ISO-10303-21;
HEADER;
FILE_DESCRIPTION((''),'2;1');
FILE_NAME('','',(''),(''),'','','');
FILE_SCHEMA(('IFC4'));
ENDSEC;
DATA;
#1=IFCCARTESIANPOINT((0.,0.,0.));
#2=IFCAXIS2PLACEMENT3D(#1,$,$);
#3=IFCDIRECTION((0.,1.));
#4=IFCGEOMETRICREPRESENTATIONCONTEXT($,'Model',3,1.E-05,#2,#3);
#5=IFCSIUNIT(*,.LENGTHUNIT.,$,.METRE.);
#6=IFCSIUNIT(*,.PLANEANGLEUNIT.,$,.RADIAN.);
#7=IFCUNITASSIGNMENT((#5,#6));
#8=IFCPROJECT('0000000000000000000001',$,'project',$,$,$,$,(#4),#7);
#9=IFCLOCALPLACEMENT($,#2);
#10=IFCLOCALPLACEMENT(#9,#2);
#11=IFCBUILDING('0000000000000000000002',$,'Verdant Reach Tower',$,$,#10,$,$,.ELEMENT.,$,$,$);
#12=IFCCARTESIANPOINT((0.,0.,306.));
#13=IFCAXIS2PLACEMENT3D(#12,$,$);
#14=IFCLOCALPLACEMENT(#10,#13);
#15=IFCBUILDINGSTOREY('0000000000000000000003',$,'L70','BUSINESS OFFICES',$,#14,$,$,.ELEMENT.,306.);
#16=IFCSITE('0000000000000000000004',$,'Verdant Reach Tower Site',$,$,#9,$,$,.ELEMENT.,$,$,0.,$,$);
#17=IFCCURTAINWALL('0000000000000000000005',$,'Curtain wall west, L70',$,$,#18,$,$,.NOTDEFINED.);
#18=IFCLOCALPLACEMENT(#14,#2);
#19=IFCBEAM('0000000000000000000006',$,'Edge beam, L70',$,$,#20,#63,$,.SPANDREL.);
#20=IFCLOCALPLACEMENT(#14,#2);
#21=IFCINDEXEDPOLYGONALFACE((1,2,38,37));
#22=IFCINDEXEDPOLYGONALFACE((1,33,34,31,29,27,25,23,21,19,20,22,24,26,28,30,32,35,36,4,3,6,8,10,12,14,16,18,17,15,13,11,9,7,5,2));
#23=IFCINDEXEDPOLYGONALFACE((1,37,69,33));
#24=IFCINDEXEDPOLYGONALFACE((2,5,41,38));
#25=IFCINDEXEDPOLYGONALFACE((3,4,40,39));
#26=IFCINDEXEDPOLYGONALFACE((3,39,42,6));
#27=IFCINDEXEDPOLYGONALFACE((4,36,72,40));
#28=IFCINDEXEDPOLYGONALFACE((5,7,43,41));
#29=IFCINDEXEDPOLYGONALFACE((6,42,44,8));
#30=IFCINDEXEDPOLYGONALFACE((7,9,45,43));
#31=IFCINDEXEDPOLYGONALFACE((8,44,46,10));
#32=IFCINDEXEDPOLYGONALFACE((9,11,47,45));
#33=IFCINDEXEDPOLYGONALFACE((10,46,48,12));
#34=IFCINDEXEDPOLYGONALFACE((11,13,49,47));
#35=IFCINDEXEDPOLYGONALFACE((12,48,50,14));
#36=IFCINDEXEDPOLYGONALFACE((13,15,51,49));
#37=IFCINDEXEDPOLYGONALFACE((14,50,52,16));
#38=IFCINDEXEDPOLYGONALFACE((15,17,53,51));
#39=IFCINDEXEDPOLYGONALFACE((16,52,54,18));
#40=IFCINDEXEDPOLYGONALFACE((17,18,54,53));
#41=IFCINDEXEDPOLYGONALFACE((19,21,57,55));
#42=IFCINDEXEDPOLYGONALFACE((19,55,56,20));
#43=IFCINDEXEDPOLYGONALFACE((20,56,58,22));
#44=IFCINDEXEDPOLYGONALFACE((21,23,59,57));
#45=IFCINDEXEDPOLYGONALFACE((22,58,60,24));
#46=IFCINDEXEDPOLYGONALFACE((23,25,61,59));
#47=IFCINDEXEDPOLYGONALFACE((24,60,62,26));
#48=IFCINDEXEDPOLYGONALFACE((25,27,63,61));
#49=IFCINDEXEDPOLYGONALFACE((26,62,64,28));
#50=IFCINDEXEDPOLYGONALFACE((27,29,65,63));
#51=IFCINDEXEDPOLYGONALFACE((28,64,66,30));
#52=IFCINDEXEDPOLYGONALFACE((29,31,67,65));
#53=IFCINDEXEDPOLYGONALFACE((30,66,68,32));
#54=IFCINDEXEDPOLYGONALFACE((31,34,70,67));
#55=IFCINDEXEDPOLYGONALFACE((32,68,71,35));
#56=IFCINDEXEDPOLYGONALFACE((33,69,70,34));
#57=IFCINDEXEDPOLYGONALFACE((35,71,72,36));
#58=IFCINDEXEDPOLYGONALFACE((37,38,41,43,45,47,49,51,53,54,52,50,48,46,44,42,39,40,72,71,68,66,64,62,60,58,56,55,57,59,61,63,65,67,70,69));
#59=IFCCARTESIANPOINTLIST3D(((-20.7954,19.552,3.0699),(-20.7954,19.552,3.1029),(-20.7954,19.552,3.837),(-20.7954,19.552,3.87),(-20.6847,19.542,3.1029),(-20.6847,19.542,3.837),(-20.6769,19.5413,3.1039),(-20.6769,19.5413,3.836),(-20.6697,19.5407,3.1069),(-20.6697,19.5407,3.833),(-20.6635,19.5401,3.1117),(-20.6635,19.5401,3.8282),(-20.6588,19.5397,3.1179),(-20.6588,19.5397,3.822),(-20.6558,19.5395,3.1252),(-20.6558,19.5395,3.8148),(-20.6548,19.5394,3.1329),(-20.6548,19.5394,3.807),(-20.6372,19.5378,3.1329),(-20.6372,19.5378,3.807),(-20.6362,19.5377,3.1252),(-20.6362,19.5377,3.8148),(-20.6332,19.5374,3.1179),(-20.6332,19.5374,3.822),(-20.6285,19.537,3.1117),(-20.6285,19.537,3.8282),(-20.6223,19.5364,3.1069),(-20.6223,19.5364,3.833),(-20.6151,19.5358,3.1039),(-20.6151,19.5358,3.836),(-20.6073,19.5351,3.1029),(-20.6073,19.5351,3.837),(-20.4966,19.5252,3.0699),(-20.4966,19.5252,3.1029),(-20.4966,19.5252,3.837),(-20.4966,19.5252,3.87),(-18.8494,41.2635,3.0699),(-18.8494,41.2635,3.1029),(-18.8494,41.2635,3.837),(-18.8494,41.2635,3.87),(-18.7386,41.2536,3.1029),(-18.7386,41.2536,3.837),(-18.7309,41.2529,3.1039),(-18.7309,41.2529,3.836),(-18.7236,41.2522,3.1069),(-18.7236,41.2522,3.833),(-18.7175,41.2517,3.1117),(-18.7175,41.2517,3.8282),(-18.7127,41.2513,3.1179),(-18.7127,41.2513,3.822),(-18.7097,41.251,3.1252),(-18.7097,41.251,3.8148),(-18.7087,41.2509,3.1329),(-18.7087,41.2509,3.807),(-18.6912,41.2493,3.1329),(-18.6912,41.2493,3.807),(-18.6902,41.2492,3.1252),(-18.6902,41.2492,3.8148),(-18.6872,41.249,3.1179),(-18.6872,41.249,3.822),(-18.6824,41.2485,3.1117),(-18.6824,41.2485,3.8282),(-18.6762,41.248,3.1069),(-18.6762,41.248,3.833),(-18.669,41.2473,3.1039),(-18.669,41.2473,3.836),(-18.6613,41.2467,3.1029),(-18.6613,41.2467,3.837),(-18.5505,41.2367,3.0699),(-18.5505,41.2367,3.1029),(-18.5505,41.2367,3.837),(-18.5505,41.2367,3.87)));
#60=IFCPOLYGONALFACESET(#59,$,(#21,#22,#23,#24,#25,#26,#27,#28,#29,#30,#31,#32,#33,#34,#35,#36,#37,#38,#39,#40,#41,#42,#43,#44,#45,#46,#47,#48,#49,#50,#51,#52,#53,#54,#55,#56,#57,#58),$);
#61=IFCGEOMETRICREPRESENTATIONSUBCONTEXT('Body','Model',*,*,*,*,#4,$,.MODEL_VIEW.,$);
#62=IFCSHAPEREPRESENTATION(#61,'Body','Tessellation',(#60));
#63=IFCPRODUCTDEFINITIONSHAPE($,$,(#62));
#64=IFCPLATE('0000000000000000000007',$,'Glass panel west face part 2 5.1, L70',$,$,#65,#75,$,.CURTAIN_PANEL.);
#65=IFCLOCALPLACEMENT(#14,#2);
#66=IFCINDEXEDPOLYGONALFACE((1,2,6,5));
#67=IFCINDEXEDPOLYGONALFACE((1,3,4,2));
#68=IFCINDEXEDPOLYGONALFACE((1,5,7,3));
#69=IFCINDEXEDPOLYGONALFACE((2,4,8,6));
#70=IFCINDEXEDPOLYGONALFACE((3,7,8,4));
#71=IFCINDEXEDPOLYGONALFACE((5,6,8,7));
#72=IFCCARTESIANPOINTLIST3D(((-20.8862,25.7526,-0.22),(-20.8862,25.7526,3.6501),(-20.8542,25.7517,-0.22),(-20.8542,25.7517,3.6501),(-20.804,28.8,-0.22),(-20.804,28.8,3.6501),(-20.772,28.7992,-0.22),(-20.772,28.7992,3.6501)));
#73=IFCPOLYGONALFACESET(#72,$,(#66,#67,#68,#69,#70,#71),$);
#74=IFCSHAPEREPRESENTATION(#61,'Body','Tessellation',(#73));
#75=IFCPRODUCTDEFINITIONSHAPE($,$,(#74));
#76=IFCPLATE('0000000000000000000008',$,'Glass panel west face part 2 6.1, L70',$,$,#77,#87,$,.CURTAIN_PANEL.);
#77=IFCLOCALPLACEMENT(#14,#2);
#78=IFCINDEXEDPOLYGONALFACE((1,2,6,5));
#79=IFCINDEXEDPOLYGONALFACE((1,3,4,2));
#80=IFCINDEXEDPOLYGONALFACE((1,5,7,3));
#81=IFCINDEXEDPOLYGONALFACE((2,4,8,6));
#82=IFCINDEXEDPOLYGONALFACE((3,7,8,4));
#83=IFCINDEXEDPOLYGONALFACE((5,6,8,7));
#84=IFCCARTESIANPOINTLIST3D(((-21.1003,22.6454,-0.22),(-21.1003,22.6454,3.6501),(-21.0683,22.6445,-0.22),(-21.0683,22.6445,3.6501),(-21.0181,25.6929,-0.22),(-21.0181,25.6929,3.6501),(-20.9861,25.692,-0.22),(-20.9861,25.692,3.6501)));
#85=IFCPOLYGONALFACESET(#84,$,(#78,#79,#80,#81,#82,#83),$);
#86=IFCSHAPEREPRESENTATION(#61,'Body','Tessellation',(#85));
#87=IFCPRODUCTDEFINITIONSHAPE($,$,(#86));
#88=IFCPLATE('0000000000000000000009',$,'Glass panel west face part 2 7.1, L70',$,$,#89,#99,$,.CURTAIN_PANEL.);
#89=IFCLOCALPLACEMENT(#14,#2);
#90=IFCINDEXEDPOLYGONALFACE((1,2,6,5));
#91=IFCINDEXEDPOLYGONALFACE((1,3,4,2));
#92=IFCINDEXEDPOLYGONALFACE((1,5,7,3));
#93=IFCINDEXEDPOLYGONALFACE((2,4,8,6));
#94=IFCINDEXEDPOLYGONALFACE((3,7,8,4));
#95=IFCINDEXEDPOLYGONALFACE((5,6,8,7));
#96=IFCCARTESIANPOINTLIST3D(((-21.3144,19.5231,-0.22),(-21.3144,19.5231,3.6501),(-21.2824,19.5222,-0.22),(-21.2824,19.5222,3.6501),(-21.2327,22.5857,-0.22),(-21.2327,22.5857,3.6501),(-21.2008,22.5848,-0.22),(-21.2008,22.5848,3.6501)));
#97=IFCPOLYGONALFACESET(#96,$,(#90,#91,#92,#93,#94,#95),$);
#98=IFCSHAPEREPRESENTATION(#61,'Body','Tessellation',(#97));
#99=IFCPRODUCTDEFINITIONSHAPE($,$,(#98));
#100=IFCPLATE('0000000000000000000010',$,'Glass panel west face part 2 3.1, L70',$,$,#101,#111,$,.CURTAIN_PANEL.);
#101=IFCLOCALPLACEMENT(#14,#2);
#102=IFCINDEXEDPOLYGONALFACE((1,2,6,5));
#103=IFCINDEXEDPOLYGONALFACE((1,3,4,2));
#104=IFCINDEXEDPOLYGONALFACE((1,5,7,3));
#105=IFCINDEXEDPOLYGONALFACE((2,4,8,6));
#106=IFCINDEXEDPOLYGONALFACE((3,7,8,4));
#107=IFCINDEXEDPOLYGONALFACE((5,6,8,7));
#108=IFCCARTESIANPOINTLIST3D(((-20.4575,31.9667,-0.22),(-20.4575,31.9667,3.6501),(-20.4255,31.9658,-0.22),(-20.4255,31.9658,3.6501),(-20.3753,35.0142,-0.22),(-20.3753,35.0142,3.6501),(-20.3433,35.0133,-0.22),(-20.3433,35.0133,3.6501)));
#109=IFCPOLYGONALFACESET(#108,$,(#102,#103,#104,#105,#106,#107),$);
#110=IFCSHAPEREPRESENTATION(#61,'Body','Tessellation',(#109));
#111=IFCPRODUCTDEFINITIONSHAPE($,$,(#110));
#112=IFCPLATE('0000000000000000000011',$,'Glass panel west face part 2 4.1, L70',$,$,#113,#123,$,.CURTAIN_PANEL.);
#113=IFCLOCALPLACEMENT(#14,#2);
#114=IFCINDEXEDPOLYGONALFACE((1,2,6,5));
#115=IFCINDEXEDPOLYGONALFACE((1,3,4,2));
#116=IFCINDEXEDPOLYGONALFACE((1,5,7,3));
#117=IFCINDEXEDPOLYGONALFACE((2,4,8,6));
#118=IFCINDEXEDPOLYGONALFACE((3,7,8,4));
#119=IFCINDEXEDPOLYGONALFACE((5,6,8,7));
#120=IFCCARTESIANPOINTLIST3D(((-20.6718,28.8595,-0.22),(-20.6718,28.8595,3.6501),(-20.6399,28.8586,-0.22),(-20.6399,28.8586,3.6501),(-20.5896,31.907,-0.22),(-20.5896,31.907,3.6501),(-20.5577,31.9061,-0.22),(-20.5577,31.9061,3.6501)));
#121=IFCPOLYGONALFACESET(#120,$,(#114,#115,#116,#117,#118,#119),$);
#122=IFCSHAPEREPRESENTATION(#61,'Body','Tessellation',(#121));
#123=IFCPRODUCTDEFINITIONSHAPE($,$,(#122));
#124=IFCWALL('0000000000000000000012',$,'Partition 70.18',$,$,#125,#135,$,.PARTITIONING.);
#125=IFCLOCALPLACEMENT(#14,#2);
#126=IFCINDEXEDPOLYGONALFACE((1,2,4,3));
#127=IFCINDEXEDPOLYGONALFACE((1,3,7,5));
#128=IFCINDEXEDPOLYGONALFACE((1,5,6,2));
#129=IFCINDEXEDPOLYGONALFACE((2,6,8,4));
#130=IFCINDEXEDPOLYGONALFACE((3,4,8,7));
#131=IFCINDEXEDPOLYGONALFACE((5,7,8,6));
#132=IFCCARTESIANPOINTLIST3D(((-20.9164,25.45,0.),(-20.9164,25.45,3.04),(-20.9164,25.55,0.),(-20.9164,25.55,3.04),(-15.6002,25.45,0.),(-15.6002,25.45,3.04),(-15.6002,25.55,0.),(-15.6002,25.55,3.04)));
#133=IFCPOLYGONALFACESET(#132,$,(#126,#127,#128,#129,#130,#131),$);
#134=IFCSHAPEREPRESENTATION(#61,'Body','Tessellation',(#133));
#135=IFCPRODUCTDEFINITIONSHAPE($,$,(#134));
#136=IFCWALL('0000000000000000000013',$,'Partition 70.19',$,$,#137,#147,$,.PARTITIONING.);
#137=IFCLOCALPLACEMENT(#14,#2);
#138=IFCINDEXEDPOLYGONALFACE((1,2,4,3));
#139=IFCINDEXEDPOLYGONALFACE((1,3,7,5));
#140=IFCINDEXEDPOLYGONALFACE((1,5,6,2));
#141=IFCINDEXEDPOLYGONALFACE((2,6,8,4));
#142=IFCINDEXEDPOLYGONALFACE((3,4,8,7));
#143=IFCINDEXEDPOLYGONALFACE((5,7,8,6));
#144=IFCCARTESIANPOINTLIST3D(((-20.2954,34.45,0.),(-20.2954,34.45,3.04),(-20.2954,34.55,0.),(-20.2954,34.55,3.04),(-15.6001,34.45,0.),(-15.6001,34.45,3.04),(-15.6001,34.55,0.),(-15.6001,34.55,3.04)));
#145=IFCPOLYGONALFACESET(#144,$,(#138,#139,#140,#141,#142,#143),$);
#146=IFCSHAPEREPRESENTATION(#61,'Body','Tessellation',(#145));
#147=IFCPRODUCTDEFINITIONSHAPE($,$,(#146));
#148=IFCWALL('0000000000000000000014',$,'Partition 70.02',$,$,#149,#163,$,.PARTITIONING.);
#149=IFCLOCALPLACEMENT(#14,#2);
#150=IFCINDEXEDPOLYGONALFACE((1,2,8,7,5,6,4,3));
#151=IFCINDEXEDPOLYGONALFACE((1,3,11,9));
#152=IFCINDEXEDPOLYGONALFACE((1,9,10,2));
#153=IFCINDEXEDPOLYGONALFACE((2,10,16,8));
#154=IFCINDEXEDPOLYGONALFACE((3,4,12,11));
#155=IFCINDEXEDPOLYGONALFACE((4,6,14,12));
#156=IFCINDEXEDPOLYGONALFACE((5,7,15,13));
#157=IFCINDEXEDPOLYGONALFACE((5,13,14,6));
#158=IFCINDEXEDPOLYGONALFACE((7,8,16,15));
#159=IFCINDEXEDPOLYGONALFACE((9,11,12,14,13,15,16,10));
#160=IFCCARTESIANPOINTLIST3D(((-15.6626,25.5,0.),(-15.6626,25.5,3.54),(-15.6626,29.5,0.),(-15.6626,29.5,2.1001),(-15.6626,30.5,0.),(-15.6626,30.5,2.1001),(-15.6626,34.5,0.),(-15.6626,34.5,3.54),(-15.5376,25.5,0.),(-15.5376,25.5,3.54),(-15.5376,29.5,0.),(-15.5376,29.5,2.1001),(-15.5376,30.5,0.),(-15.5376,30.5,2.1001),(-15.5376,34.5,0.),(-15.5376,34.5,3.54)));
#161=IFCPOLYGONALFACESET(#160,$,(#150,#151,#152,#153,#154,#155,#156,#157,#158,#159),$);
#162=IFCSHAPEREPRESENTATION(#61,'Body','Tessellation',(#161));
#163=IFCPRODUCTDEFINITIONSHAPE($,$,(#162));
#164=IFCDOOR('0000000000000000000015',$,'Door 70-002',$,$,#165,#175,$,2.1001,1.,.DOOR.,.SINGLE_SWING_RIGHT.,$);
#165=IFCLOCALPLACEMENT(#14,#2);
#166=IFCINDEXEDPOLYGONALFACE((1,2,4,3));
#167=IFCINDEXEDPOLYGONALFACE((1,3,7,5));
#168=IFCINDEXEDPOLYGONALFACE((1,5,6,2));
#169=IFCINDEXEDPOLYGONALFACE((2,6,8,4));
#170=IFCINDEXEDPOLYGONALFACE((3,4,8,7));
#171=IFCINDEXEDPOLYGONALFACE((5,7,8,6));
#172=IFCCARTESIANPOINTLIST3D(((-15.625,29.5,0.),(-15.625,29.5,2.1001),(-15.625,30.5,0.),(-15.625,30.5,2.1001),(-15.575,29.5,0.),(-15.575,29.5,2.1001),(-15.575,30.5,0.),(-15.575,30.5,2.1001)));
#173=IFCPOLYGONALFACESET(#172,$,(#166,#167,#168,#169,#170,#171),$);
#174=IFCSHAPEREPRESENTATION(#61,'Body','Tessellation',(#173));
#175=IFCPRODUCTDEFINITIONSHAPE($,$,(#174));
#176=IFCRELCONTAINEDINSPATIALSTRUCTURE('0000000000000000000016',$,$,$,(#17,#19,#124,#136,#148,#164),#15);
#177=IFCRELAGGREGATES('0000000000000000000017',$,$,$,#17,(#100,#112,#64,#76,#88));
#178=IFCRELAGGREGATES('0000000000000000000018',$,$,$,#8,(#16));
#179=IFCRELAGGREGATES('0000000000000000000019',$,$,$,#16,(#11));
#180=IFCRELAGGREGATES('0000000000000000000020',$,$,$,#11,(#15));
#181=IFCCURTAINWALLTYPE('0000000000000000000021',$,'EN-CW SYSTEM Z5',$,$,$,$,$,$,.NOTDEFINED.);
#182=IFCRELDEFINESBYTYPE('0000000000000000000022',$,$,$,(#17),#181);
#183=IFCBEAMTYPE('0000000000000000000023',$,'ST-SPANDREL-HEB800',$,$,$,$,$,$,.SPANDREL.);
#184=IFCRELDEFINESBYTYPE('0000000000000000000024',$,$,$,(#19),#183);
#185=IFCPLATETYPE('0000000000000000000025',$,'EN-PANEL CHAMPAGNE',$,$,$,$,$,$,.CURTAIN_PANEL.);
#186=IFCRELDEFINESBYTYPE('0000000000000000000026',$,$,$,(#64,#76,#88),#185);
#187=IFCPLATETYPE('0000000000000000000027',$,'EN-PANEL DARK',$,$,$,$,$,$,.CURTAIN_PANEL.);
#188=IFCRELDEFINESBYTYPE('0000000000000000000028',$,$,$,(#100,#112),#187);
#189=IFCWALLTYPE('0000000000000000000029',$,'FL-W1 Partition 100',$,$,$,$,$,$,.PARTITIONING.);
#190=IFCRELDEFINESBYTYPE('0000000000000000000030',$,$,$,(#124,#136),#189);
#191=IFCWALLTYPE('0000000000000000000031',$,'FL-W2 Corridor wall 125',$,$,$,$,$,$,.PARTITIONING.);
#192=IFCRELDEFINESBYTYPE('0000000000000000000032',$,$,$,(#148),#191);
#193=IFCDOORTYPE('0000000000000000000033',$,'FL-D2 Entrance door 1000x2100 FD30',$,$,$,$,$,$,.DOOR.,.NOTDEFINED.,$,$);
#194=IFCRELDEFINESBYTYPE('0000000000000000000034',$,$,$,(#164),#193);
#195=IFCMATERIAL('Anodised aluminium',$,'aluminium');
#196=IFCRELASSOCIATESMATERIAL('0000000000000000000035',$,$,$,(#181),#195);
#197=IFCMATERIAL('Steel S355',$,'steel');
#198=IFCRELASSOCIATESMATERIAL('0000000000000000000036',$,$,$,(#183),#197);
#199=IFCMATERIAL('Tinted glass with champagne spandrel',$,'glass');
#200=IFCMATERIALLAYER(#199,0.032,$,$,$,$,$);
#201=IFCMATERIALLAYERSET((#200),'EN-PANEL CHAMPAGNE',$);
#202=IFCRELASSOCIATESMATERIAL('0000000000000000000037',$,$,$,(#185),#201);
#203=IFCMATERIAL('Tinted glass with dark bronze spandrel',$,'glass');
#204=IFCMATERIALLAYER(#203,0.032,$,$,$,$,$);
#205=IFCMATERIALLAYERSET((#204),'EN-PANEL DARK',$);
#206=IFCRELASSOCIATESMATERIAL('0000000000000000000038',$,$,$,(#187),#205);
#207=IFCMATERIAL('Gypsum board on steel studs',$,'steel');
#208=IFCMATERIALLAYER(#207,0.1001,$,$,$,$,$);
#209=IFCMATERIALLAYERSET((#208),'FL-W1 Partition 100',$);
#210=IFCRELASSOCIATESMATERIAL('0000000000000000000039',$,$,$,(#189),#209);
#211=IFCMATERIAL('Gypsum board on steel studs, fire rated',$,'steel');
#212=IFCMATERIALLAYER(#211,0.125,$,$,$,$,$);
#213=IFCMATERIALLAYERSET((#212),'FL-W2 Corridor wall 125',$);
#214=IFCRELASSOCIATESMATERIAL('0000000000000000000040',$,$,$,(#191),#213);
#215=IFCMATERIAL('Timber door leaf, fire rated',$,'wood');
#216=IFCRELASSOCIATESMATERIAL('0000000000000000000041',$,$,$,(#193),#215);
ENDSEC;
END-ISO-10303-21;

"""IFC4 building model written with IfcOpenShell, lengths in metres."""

from ifc_helpers import new_model, si_unit, direction, frame, frame_2d, origin, origin_2d, place, context, subcontext, project, spatial, rectangle, i_section, extrude, material, layer, layer_set, material_profile, profile_set, type_object, element, fill, aggregate, save


model = new_model("IFC4")

# Units and contexts
model_context = context("Model", 3, precision=1e-05, world=origin(), true_north=direction((0.0, 1.0)))
body_context = subcontext(model_context, "Body", "Model", "MODEL_VIEW")
ifc_project = project(units=[si_unit("LENGTHUNIT", "METRE"), si_unit("PLANEANGLEUNIT", "RADIAN")], contexts=[model_context])

# Site, building, storey
site_placement = place(None, origin())
site = spatial("IfcSite", under=ifc_project, at=site_placement, Name="Verdant Reach Tower Site", CompositionType="ELEMENT", RefElevation=0.0)
building_placement = place(site_placement, origin())
building = spatial("IfcBuilding", under=site, at=building_placement, Name="Verdant Reach Tower", CompositionType="ELEMENT")
storey_placement = place(building_placement, frame((0.0, 0.0, 306.0)))
storey = spatial("IfcBuildingStorey", under=building, at=storey_placement, Name="L70", Description="BUSINESS OFFICES", CompositionType="ELEMENT", Elevation=306.0)

# Curtain wall
ifc_material_1 = material(Name="Anodised aluminium", Category="aluminium")
curtain_wall_type = type_object("IfcCurtainWallType", Name="EN-CW SYSTEM Z5", PredefinedType="NOTDEFINED", material=ifc_material_1)
curtain_wall_1_placement = place(storey_placement, origin())
curtain_wall_1 = element("IfcCurtainWall", 1, at=curtain_wall_1_placement, inside=storey, type_object=curtain_wall_type, Name="Curtain wall west, L70", PredefinedType="NOTDEFINED")

# Beam
ifc_material_2 = material(Name="Steel S355", Category="steel")
ifc_material_profile_1 = material_profile(ifc_material_2, i_section(OverallWidth=0.3, OverallDepth=0.8, WebThickness=0.0176, FlangeThickness=0.033, FilletRadius=0.03, at=origin_2d()), Name="HEB 800")
ifc_profile_set_1 = profile_set([ifc_material_profile_1], Name="Steel S355")
beam_type_1 = type_object("IfcBeamType", Name="ST-SPANDREL-HEB800", PredefinedType="SPANDREL", material=ifc_profile_set_1)
beam_1_placement = place(storey_placement, frame((-20.646, 19.5386, 3.47), z_axis=(0.089274, 0.996007, 0.0), x_axis=(-0.996007, 0.089274, 0.0)))
element("IfcBeam", 2, at=beam_1_placement, inside=storey, type_object=beam_type_1, Name="Edge beam, L70", PredefinedType="SPANDREL", context=body_context, shape_type="SweptSolid", body=[
    extrude(i_section(OverallWidth=0.3, OverallDepth=0.8, WebThickness=0.0176, FlangeThickness=0.033, FilletRadius=0.03, at=origin_2d()), origin(), (0.0, 0.0, 1.0), 21.7986),
])

# Plates
ifc_material_3 = material(Name="Tinted glass with champagne spandrel", Category="glass")
ifc_layer_1 = layer(ifc_material_3, 0.032)
ifc_layer_set_1 = layer_set([ifc_layer_1], Name="EN-PANEL CHAMPAGNE")
plate_type_1 = type_object("IfcPlateType", Name="EN-PANEL CHAMPAGNE", PredefinedType="CURTAIN_PANEL", material=ifc_layer_set_1)
plate_1_placement = place(storey_placement, frame((-20.8291, 27.2759, -0.22), z_axis=(0.0, 0.0, 1.0), x_axis=(-0.026965, -0.999636, 0.0)))
plate_1 = element("IfcPlate", 3, at=plate_1_placement, type_object=plate_type_1, Name="Glass panel west face part 2 5.1, L70", PredefinedType="CURTAIN_PANEL", context=body_context, shape_type="SweptSolid", body=[
    extrude(rectangle(XDim=3.0486, YDim=0.032, at=origin_2d()), origin(), (0.0, 0.0, 1.0), 3.8701),
])
plate_2_placement = place(storey_placement, frame((-21.0432, 24.1687, -0.22), z_axis=(0.0, 0.0, 1.0), x_axis=(-0.026965, -0.999636, 0.0)))
plate_2 = element("IfcPlate", 4, at=plate_2_placement, type_object=plate_type_1, Name="Glass panel west face part 2 6.1, L70", PredefinedType="CURTAIN_PANEL", context=body_context, shape_type="SweptSolid", body=[
    extrude(rectangle(XDim=3.0486, YDim=0.032, at=origin_2d()), origin(), (0.0, 0.0, 1.0), 3.8701),
])
plate_3_placement = place(storey_placement, frame((-21.2576, 21.054, -0.22), z_axis=(0.0, 0.0, 1.0), x_axis=(-0.026643, -0.999645, 0.0)))
plate_3 = element("IfcPlate", 5, at=plate_3_placement, type_object=plate_type_1, Name="Glass panel west face part 2 7.1, L70", PredefinedType="CURTAIN_PANEL", context=body_context, shape_type="SweptSolid", body=[
    extrude(rectangle(XDim=3.0637, YDim=0.032, at=origin_2d()), origin(), (0.0, 0.0, 1.0), 3.8701),
])
ifc_material_4 = material(Name="Tinted glass with dark bronze spandrel", Category="glass")
ifc_layer_2 = layer(ifc_material_4, 0.032)
ifc_layer_set_2 = layer_set([ifc_layer_2], Name="EN-PANEL DARK")
plate_type_2 = type_object("IfcPlateType", Name="EN-PANEL DARK", PredefinedType="CURTAIN_PANEL", material=ifc_layer_set_2)
plate_4_placement = place(storey_placement, frame((-20.4004, 33.49, -0.22), z_axis=(0.0, 0.0, 1.0), x_axis=(-0.026965, -0.999636, 0.0)))
plate_4 = element("IfcPlate", 6, at=plate_4_placement, type_object=plate_type_2, Name="Glass panel west face part 2 3.1, L70", PredefinedType="CURTAIN_PANEL", context=body_context, shape_type="SweptSolid", body=[
    extrude(rectangle(XDim=3.0486, YDim=0.032, at=origin_2d()), origin(), (0.0, 0.0, 1.0), 3.8701),
])
plate_5_placement = place(storey_placement, frame((-20.6147, 30.3828, -0.22), z_axis=(0.0, 0.0, 1.0), x_axis=(-0.026965, -0.999636, 0.0)))
plate_5 = element("IfcPlate", 7, at=plate_5_placement, type_object=plate_type_2, Name="Glass panel west face part 2 4.1, L70", PredefinedType="CURTAIN_PANEL", context=body_context, shape_type="SweptSolid", body=[
    extrude(rectangle(XDim=3.0486, YDim=0.032, at=origin_2d()), origin(), (0.0, 0.0, 1.0), 3.8701),
])
aggregate(curtain_wall_1, [plate_4, plate_5, plate_1, plate_2, plate_3])

# Walls
ifc_material_5 = material(Name="Gypsum board on steel studs", Category="steel")
ifc_layer_3 = layer(ifc_material_5, 0.1001)
ifc_layer_set_3 = layer_set([ifc_layer_3], Name="FL-W1 Partition 100")
wall_type_1 = type_object("IfcWallType", Name="FL-W1 Partition 100", PredefinedType="PARTITIONING", material=ifc_layer_set_3)
wall_1_placement = place(storey_placement, frame((-15.6001, 25.5, 0.0), z_axis=(0.0, 0.0, 1.0), x_axis=(-1.0, 0.0, 0.0)))
element("IfcWall", 8, at=wall_1_placement, inside=storey, type_object=wall_type_1, Name="Partition 70.18", PredefinedType="PARTITIONING", context=body_context, shape_type="SweptSolid", body=[
    extrude(rectangle(XDim=5.3162, YDim=0.1001, at=frame_2d((2.6582, 0.0))), origin(), (0.0, 0.0, 1.0), 3.04),
])
wall_2_placement = place(storey_placement, frame((-15.6001, 34.5, 0.0), z_axis=(0.0, 0.0, 1.0), x_axis=(-1.0, 0.0, 0.0)))
element("IfcWall", 9, at=wall_2_placement, inside=storey, type_object=wall_type_1, Name="Partition 70.19", PredefinedType="PARTITIONING", context=body_context, shape_type="SweptSolid", body=[
    extrude(rectangle(XDim=4.6953, YDim=0.1001, at=frame_2d((2.3477, 0.0))), origin(), (0.0, 0.0, 1.0), 3.04),
])

# Wall, opening, door
ifc_material_6 = material(Name="Gypsum board on steel studs, fire rated", Category="steel")
ifc_layer_4 = layer(ifc_material_6, 0.125)
ifc_layer_set_4 = layer_set([ifc_layer_4], Name="FL-W2 Corridor wall 125")
wall_type_2 = type_object("IfcWallType", Name="FL-W2 Corridor wall 125", PredefinedType="PARTITIONING", material=ifc_layer_set_4)
wall_3_placement = place(storey_placement, frame((-15.6001, 25.5, 0.0), z_axis=(0.0, 0.0, 1.0), x_axis=(0.0, 1.0, 0.0)))
wall_3 = element("IfcWall", 10, at=wall_3_placement, inside=storey, type_object=wall_type_2, Name="Partition 70.02", PredefinedType="PARTITIONING", context=body_context, shape_type="SweptSolid", body=[
    extrude(rectangle(XDim=9.0, YDim=0.125, at=frame_2d((4.5, 0.0))), origin(), (0.0, 0.0, 1.0), 3.54),
])
opening_1_placement = place(wall_3_placement, frame((4.0, 0.0, 0.0)))
opening_1 = element("IfcOpeningElement", 11, at=opening_1_placement, cuts=wall_3, PredefinedType="OPENING", context=body_context, shape_type="SweptSolid", body=[
    extrude(rectangle(XDim=1.0, YDim=2.1001, at=frame_2d((0.5, 1.05))), frame((0.0, 0.0725, 0.0), z_axis=(0.0, -1.0, 0.0), x_axis=(1.0, 0.0, 0.0)), (0.0, 0.0, 1.0), 0.145),
])
ifc_material_7 = material(Name="Timber door leaf, fire rated", Category="wood")
door_type = type_object("IfcDoorType", Name="FL-D2 Entrance door 1000x2100 FD30", OperationType="NOTDEFINED", PredefinedType="DOOR", material=ifc_material_7)
door_1_placement = place(opening_1_placement, origin())
door_1 = element("IfcDoor", 12, at=door_1_placement, inside=storey, type_object=door_type, Name="Door 70-002", OperationType="SINGLE_SWING_RIGHT", OverallHeight=2.1001, OverallWidth=1.0, PredefinedType="DOOR", context=body_context, shape_type="SweptSolid", body=[
    extrude(rectangle(XDim=1.0, YDim=2.1001, at=frame_2d((0.5, 1.05))), frame((0.0, 0.0249, 0.0), z_axis=(0.0, -1.0, 0.0), x_axis=(1.0, 0.0, 0.0)), (0.0, 0.0, 1.0), 0.05),
])
fill(opening_1, door_1)

save(model, "model.ifc")
